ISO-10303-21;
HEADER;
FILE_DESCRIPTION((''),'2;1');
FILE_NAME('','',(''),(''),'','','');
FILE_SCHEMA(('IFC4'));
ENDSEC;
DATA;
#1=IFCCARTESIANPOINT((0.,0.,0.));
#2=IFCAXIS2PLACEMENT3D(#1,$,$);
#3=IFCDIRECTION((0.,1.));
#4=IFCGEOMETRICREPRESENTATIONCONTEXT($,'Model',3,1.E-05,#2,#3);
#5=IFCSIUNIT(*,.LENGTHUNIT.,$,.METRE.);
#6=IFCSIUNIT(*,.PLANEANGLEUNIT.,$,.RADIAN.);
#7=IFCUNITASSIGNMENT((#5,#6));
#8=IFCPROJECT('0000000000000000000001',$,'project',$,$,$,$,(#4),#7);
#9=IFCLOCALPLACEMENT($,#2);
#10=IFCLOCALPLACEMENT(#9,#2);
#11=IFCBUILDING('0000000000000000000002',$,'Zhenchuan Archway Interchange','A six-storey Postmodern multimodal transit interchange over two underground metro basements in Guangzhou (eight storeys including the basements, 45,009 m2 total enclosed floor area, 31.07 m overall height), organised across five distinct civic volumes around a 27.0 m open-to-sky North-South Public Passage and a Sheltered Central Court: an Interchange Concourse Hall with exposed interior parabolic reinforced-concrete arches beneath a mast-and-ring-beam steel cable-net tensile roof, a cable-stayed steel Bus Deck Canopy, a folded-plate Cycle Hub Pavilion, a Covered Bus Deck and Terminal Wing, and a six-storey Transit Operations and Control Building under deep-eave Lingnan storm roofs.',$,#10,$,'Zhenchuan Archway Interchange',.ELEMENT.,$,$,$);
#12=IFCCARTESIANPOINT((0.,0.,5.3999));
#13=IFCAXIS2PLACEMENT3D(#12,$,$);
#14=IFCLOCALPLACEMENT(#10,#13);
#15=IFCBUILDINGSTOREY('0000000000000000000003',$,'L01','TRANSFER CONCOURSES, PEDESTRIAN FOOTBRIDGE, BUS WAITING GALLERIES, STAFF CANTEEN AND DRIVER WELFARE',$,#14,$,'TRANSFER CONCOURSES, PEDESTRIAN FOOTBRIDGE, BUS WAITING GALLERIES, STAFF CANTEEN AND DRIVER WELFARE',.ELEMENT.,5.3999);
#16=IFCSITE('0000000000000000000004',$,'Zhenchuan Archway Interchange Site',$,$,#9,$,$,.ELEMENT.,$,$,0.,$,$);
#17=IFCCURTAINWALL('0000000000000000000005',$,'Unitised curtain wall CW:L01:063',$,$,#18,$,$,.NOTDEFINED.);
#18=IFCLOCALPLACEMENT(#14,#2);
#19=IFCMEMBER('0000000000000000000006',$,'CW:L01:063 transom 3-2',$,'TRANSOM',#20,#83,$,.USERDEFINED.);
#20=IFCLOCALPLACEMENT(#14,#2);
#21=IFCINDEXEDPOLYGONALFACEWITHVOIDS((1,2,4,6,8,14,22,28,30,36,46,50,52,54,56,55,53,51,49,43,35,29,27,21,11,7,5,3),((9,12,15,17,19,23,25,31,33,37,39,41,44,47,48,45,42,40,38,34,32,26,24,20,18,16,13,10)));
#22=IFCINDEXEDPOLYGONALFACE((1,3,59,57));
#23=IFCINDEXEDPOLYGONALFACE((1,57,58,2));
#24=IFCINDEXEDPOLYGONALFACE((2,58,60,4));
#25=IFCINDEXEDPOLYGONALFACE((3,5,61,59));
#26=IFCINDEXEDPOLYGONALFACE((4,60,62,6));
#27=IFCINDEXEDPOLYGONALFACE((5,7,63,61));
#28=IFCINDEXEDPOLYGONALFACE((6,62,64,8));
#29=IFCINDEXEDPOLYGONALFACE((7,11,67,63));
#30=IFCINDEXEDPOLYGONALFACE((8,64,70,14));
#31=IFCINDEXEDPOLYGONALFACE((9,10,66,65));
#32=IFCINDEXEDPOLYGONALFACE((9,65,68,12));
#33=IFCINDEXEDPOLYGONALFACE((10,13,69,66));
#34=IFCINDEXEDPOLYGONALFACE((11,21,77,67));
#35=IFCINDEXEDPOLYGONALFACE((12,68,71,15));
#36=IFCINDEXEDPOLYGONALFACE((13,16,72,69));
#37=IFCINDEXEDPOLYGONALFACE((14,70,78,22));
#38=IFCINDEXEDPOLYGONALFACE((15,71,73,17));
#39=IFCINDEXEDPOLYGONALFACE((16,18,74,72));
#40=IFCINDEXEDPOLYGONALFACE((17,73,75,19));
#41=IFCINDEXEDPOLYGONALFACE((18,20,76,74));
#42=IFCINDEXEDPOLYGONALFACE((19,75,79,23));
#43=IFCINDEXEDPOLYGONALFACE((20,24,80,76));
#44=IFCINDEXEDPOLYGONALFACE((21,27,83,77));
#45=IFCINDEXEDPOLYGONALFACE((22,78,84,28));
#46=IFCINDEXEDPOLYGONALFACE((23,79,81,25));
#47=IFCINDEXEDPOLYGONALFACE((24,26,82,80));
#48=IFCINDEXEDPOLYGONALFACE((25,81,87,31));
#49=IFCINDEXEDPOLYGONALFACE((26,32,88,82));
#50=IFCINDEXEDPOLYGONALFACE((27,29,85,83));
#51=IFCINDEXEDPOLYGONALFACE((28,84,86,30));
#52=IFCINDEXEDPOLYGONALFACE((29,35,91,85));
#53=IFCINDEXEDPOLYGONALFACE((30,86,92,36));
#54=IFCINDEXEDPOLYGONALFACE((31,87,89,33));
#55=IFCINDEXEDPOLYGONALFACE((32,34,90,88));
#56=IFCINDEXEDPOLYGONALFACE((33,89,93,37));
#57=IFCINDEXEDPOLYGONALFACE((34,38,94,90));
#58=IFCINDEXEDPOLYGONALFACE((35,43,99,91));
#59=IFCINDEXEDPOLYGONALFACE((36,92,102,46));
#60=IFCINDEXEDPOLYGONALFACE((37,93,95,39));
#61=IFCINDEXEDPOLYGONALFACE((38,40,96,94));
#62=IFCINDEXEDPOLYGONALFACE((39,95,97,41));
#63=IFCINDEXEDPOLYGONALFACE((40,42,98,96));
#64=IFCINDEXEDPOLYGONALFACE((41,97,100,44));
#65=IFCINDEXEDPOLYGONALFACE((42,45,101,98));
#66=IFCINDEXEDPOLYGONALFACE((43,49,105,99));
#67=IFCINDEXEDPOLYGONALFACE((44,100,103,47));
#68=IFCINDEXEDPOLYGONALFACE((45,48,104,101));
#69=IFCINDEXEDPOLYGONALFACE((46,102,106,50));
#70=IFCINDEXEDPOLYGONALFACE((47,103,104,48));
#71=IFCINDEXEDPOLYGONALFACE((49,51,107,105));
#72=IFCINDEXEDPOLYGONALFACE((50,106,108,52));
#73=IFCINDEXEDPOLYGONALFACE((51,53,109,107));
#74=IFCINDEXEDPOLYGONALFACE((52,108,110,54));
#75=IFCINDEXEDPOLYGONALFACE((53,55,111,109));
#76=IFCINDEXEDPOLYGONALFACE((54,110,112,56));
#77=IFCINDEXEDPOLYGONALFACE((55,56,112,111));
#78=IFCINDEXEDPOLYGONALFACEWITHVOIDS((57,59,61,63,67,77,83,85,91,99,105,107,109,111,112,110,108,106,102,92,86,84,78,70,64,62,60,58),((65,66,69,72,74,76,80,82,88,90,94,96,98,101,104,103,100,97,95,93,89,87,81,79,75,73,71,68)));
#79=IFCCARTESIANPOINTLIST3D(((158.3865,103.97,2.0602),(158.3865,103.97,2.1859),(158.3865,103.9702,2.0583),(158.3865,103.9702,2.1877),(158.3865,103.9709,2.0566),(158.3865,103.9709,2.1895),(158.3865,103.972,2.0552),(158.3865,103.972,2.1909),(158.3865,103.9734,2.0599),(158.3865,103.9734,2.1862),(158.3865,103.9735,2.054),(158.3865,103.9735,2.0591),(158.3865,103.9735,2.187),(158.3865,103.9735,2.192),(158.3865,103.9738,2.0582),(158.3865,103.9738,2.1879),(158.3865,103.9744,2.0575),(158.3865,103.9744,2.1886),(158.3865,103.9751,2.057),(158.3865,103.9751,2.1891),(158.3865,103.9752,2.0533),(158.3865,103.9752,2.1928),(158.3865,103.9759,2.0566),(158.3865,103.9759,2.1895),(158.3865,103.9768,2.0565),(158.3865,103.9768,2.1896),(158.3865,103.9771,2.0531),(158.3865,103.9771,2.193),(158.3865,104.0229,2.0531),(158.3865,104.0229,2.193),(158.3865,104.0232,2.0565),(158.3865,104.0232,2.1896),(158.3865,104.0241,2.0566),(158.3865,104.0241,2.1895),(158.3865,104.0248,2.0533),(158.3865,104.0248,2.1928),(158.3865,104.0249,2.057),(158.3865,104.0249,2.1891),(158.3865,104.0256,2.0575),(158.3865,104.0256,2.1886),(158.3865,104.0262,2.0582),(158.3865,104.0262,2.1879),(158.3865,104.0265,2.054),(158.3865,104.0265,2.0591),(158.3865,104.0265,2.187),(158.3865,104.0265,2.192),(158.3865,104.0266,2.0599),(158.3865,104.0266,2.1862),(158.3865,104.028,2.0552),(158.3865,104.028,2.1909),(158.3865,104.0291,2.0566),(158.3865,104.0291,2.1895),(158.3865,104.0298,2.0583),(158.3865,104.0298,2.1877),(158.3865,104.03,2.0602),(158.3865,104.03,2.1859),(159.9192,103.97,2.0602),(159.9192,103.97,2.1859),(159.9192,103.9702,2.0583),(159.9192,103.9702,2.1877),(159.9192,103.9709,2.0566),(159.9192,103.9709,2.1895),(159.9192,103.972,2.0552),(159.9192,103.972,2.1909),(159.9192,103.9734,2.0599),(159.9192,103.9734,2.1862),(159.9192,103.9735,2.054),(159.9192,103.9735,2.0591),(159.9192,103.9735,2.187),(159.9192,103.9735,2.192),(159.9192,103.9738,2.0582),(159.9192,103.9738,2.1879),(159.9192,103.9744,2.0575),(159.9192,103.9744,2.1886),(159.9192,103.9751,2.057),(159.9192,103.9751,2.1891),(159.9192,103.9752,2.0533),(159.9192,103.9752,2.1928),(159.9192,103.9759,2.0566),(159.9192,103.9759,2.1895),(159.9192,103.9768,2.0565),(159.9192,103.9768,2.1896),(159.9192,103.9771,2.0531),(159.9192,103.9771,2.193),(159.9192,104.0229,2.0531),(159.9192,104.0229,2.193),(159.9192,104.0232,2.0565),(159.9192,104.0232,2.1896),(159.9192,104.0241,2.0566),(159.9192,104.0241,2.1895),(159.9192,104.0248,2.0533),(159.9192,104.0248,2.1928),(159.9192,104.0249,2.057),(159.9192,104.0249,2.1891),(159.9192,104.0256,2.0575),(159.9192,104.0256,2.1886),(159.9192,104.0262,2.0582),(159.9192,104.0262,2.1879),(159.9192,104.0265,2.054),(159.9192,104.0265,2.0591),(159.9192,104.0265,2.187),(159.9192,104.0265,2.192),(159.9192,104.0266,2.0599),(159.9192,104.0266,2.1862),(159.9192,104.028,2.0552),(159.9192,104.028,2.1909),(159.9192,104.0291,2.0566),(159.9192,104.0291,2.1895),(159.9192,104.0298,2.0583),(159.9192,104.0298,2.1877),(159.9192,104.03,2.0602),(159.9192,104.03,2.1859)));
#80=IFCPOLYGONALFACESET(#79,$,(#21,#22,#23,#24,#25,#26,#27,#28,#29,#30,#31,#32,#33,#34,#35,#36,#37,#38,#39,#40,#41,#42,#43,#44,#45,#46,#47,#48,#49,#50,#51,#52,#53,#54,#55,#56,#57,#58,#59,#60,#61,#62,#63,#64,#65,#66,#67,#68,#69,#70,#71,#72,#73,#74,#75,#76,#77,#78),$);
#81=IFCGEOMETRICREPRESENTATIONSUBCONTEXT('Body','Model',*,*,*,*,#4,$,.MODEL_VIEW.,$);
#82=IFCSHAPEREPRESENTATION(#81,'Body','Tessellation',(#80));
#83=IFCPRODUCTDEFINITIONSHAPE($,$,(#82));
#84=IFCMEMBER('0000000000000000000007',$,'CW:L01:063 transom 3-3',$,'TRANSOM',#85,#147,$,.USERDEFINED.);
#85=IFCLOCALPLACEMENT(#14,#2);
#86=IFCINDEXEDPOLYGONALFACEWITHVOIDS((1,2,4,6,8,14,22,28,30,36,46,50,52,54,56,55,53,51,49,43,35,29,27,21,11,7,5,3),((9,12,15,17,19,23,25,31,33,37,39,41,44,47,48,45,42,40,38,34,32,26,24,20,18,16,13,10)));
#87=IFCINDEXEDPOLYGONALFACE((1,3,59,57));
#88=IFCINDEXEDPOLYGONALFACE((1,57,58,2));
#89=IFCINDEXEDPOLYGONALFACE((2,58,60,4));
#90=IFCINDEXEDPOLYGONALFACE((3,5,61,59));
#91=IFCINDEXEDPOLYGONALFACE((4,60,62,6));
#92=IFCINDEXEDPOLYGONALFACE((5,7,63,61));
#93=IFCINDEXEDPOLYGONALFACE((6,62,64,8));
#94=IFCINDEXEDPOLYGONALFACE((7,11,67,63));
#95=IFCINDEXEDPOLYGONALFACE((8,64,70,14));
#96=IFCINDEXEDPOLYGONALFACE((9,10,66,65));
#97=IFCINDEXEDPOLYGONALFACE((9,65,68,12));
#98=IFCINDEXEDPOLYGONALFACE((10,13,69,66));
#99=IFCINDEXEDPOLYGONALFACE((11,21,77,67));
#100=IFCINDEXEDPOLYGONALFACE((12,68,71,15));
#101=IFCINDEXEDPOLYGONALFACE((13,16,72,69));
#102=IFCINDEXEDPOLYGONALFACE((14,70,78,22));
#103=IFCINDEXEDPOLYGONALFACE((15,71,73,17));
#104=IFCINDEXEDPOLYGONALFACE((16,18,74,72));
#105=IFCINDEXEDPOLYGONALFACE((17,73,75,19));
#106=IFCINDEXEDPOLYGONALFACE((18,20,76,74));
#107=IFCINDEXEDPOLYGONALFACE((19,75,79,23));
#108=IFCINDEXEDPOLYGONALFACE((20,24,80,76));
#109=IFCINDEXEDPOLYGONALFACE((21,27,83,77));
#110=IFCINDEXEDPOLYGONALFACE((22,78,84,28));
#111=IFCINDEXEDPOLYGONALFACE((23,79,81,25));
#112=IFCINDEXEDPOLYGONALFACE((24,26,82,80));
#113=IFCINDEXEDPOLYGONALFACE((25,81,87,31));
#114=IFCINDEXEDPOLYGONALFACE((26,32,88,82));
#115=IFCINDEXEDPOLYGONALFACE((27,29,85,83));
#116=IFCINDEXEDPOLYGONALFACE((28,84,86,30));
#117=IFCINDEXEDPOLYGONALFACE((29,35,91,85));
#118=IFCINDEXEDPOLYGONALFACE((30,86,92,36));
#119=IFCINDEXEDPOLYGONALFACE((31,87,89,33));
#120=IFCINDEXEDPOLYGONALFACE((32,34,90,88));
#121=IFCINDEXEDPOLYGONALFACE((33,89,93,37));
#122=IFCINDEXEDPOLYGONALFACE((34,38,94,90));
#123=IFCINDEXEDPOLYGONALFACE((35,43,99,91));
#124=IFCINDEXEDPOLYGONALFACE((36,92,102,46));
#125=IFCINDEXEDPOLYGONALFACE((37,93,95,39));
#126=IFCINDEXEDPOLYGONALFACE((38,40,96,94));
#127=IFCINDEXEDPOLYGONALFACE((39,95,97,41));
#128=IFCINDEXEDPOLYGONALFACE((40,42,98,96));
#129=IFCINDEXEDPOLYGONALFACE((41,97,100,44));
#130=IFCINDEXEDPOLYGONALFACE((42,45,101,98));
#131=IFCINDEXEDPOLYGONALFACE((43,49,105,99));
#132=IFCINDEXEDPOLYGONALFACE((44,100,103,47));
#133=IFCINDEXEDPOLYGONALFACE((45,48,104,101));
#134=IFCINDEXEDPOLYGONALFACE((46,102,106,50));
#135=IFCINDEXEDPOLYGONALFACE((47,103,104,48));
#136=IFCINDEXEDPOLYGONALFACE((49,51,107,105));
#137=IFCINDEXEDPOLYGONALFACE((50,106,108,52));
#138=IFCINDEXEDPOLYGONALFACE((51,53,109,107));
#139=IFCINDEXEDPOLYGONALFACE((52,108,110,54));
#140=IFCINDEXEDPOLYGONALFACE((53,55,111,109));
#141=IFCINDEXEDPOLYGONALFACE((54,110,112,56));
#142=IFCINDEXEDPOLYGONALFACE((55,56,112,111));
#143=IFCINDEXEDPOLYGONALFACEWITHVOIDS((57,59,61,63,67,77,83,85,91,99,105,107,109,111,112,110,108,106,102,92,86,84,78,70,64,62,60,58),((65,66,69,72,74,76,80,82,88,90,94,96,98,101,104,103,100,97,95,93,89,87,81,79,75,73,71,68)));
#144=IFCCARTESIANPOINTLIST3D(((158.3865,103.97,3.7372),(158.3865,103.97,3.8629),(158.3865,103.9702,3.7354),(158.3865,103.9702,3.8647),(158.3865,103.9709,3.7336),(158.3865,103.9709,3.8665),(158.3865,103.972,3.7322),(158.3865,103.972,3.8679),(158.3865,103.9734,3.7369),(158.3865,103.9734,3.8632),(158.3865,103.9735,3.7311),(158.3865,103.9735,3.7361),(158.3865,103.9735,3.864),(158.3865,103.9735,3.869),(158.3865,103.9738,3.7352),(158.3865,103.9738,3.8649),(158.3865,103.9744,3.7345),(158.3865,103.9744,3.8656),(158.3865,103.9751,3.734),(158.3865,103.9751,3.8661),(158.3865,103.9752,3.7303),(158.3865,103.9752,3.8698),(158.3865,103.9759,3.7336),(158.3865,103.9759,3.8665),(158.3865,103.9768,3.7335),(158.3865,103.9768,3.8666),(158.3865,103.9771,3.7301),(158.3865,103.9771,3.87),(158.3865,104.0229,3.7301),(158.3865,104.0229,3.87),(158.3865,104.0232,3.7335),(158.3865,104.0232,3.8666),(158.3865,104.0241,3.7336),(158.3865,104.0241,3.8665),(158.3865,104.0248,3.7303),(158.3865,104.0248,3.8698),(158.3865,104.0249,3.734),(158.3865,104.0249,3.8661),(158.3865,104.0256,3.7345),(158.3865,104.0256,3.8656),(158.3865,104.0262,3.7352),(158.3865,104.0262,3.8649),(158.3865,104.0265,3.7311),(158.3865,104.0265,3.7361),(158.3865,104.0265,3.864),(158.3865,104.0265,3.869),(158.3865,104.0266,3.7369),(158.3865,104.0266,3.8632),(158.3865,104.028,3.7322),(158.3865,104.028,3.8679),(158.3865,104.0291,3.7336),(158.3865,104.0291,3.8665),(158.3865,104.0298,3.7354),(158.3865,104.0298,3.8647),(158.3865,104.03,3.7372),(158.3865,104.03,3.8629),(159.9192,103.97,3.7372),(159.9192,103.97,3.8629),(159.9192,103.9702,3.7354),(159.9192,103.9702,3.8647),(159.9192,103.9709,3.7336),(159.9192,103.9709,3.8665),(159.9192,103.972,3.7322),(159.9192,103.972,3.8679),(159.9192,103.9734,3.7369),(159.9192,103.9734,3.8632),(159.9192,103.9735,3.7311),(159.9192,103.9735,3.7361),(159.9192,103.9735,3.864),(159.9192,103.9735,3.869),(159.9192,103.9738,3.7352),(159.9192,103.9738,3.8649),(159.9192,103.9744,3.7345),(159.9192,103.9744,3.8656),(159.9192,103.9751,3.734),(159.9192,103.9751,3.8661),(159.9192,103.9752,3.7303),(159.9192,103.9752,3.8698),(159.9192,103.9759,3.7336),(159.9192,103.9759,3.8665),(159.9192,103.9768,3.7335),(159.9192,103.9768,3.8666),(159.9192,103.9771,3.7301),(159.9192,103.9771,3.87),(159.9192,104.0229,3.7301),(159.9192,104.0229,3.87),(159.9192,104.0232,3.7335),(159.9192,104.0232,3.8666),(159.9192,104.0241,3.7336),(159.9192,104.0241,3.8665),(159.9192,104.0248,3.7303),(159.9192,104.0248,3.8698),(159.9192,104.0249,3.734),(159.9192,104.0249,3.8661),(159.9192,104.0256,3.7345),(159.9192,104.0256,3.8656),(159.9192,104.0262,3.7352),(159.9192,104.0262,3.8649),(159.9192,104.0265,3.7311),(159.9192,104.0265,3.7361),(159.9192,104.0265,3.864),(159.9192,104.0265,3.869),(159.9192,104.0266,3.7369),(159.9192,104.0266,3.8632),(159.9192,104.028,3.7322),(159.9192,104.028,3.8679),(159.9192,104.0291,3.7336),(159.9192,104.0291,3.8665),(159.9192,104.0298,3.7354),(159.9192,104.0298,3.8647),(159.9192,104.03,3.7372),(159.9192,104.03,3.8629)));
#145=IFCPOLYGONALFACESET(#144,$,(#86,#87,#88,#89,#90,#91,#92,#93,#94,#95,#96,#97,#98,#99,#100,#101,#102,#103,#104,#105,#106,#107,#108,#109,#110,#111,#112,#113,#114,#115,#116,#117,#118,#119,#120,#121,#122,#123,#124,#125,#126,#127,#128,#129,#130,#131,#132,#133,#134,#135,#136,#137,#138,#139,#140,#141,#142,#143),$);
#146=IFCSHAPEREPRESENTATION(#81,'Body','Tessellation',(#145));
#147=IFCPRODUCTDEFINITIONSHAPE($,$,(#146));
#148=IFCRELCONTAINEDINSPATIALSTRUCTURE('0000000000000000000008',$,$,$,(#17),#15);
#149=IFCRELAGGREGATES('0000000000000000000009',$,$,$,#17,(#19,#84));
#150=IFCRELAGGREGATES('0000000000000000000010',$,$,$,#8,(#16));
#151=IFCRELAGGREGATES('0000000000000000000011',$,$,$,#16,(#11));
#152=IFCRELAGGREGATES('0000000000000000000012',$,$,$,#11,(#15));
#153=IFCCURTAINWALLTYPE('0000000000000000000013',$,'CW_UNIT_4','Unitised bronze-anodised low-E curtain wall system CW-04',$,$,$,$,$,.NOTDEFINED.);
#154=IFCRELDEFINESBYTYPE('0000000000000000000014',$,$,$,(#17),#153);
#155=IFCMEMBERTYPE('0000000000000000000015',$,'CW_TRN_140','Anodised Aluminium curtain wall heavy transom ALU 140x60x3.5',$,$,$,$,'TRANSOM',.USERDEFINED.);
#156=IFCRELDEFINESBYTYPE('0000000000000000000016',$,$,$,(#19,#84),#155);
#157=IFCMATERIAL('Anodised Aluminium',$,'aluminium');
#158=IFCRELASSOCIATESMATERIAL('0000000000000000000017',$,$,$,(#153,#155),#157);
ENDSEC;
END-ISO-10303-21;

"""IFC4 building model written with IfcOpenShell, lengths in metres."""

from ifc_helpers import new_model, si_unit, direction, frame, origin, origin_2d, place, context, subcontext, project, spatial, hollow_rectangle, extrude, material, material_profile, profile_set, type_object, element, aggregate, save


model = new_model("IFC4")

# Units and contexts
model_context = context("Model", 3, precision=1e-05, world=origin(), true_north=direction((0.0, 1.0)))
body_context = subcontext(model_context, "Body", "Model", "MODEL_VIEW")
ifc_project = project(units=[si_unit("LENGTHUNIT", "METRE"), si_unit("PLANEANGLEUNIT", "RADIAN")], contexts=[model_context])

# Site, building, storey
site_placement = place(None, origin())
site = spatial("IfcSite", under=ifc_project, at=site_placement, Name="Zhenchuan Archway Interchange Site", CompositionType="ELEMENT", RefElevation=0.0)
building_placement = place(site_placement, origin())
building = spatial("IfcBuilding", under=site, at=building_placement, Name="Zhenchuan Archway Interchange", Description="A six-storey Postmodern multimodal transit interchange over two underground metro basements in Guangzhou (eight storeys including the basements, 45,009 m2 total enclosed floor area, 31.07 m overall height), organised across five distinct civic volumes around a 27.0 m open-to-sky North-South Public Passage and a Sheltered Central Court: an Interchange Concourse Hall with exposed interior parabolic reinforced-concrete arches beneath a mast-and-ring-beam steel cable-net tensile roof, a cable-stayed steel Bus Deck Canopy, a folded-plate Cycle Hub Pavilion, a Covered Bus Deck and Terminal Wing, and a six-storey Transit Operations and Control Building under deep-eave Lingnan storm roofs.", LongName="Zhenchuan Archway Interchange", CompositionType="ELEMENT")
storey_placement = place(building_placement, frame((0.0, 0.0, 5.3999)))
storey = spatial("IfcBuildingStorey", under=building, at=storey_placement, Name="L01", Description="TRANSFER CONCOURSES, PEDESTRIAN FOOTBRIDGE, BUS WAITING GALLERIES, STAFF CANTEEN AND DRIVER WELFARE", LongName="TRANSFER CONCOURSES, PEDESTRIAN FOOTBRIDGE, BUS WAITING GALLERIES, STAFF CANTEEN AND DRIVER WELFARE", CompositionType="ELEMENT", Elevation=5.3999)

# Curtain wall, members
ifc_material_1 = material(Name="Anodised Aluminium", Category="aluminium")
curtain_wall_type = type_object("IfcCurtainWallType", Name="CW_UNIT_4", Description="Unitised bronze-anodised low-E curtain wall system CW-04", PredefinedType="NOTDEFINED", material=ifc_material_1)
curtain_wall_placement = place(storey_placement, origin())
curtain_wall = element("IfcCurtainWall", 1, at=curtain_wall_placement, inside=storey, type_object=curtain_wall_type, Name="Unitised curtain wall CW:L01:063", PredefinedType="NOTDEFINED")
ifc_material_profile_1 = material_profile(ifc_material_1, hollow_rectangle(XDim=0.0601, YDim=0.1399, WallThickness=0.0034, InnerFilletRadius=0.0034, OuterFilletRadius=0.0071, at=origin_2d()), Name="ALU 140x60x3.5")
ifc_profile_set_1 = profile_set([ifc_material_profile_1], Name="Anodised Aluminium")
member_type_1 = type_object("IfcMemberType", Name="CW_TRN_140", Description="Anodised Aluminium curtain wall heavy transom ALU 140x60x3.5", ElementType="TRANSOM", PredefinedType="USERDEFINED", material=ifc_profile_set_1)
member_1_placement = place(storey_placement, frame((158.3865, 104.0, 2.123), z_axis=(1.0, 0.0, 0.0), x_axis=(0.0, 1.0, 0.0)))
member_1 = element("IfcMember", 2, at=member_1_placement, type_object=member_type_1, Name="CW:L01:063 transom 3-2", ObjectType="TRANSOM", PredefinedType="USERDEFINED", context=body_context, shape_type="SweptSolid", body=[
    extrude(hollow_rectangle(XDim=0.0601, YDim=0.1399, WallThickness=0.0034, InnerFilletRadius=0.0034, OuterFilletRadius=0.0071, at=origin_2d()), origin(), (0.0, 0.0, 1.0), 1.5327),
])
member_2_placement = place(storey_placement, frame((158.3865, 104.0, 3.8), z_axis=(1.0, 0.0, 0.0), x_axis=(0.0, 1.0, 0.0)))
member_2 = element("IfcMember", 3, at=member_2_placement, type_object=member_type_1, Name="CW:L01:063 transom 3-3", ObjectType="TRANSOM", PredefinedType="USERDEFINED", context=body_context, shape_type="SweptSolid", body=[
    extrude(hollow_rectangle(XDim=0.0601, YDim=0.1399, WallThickness=0.0034, InnerFilletRadius=0.0034, OuterFilletRadius=0.0071, at=origin_2d()), origin(), (0.0, 0.0, 1.0), 1.5327),
])
aggregate(curtain_wall, [member_1, member_2])

save(model, "model.ifc")
